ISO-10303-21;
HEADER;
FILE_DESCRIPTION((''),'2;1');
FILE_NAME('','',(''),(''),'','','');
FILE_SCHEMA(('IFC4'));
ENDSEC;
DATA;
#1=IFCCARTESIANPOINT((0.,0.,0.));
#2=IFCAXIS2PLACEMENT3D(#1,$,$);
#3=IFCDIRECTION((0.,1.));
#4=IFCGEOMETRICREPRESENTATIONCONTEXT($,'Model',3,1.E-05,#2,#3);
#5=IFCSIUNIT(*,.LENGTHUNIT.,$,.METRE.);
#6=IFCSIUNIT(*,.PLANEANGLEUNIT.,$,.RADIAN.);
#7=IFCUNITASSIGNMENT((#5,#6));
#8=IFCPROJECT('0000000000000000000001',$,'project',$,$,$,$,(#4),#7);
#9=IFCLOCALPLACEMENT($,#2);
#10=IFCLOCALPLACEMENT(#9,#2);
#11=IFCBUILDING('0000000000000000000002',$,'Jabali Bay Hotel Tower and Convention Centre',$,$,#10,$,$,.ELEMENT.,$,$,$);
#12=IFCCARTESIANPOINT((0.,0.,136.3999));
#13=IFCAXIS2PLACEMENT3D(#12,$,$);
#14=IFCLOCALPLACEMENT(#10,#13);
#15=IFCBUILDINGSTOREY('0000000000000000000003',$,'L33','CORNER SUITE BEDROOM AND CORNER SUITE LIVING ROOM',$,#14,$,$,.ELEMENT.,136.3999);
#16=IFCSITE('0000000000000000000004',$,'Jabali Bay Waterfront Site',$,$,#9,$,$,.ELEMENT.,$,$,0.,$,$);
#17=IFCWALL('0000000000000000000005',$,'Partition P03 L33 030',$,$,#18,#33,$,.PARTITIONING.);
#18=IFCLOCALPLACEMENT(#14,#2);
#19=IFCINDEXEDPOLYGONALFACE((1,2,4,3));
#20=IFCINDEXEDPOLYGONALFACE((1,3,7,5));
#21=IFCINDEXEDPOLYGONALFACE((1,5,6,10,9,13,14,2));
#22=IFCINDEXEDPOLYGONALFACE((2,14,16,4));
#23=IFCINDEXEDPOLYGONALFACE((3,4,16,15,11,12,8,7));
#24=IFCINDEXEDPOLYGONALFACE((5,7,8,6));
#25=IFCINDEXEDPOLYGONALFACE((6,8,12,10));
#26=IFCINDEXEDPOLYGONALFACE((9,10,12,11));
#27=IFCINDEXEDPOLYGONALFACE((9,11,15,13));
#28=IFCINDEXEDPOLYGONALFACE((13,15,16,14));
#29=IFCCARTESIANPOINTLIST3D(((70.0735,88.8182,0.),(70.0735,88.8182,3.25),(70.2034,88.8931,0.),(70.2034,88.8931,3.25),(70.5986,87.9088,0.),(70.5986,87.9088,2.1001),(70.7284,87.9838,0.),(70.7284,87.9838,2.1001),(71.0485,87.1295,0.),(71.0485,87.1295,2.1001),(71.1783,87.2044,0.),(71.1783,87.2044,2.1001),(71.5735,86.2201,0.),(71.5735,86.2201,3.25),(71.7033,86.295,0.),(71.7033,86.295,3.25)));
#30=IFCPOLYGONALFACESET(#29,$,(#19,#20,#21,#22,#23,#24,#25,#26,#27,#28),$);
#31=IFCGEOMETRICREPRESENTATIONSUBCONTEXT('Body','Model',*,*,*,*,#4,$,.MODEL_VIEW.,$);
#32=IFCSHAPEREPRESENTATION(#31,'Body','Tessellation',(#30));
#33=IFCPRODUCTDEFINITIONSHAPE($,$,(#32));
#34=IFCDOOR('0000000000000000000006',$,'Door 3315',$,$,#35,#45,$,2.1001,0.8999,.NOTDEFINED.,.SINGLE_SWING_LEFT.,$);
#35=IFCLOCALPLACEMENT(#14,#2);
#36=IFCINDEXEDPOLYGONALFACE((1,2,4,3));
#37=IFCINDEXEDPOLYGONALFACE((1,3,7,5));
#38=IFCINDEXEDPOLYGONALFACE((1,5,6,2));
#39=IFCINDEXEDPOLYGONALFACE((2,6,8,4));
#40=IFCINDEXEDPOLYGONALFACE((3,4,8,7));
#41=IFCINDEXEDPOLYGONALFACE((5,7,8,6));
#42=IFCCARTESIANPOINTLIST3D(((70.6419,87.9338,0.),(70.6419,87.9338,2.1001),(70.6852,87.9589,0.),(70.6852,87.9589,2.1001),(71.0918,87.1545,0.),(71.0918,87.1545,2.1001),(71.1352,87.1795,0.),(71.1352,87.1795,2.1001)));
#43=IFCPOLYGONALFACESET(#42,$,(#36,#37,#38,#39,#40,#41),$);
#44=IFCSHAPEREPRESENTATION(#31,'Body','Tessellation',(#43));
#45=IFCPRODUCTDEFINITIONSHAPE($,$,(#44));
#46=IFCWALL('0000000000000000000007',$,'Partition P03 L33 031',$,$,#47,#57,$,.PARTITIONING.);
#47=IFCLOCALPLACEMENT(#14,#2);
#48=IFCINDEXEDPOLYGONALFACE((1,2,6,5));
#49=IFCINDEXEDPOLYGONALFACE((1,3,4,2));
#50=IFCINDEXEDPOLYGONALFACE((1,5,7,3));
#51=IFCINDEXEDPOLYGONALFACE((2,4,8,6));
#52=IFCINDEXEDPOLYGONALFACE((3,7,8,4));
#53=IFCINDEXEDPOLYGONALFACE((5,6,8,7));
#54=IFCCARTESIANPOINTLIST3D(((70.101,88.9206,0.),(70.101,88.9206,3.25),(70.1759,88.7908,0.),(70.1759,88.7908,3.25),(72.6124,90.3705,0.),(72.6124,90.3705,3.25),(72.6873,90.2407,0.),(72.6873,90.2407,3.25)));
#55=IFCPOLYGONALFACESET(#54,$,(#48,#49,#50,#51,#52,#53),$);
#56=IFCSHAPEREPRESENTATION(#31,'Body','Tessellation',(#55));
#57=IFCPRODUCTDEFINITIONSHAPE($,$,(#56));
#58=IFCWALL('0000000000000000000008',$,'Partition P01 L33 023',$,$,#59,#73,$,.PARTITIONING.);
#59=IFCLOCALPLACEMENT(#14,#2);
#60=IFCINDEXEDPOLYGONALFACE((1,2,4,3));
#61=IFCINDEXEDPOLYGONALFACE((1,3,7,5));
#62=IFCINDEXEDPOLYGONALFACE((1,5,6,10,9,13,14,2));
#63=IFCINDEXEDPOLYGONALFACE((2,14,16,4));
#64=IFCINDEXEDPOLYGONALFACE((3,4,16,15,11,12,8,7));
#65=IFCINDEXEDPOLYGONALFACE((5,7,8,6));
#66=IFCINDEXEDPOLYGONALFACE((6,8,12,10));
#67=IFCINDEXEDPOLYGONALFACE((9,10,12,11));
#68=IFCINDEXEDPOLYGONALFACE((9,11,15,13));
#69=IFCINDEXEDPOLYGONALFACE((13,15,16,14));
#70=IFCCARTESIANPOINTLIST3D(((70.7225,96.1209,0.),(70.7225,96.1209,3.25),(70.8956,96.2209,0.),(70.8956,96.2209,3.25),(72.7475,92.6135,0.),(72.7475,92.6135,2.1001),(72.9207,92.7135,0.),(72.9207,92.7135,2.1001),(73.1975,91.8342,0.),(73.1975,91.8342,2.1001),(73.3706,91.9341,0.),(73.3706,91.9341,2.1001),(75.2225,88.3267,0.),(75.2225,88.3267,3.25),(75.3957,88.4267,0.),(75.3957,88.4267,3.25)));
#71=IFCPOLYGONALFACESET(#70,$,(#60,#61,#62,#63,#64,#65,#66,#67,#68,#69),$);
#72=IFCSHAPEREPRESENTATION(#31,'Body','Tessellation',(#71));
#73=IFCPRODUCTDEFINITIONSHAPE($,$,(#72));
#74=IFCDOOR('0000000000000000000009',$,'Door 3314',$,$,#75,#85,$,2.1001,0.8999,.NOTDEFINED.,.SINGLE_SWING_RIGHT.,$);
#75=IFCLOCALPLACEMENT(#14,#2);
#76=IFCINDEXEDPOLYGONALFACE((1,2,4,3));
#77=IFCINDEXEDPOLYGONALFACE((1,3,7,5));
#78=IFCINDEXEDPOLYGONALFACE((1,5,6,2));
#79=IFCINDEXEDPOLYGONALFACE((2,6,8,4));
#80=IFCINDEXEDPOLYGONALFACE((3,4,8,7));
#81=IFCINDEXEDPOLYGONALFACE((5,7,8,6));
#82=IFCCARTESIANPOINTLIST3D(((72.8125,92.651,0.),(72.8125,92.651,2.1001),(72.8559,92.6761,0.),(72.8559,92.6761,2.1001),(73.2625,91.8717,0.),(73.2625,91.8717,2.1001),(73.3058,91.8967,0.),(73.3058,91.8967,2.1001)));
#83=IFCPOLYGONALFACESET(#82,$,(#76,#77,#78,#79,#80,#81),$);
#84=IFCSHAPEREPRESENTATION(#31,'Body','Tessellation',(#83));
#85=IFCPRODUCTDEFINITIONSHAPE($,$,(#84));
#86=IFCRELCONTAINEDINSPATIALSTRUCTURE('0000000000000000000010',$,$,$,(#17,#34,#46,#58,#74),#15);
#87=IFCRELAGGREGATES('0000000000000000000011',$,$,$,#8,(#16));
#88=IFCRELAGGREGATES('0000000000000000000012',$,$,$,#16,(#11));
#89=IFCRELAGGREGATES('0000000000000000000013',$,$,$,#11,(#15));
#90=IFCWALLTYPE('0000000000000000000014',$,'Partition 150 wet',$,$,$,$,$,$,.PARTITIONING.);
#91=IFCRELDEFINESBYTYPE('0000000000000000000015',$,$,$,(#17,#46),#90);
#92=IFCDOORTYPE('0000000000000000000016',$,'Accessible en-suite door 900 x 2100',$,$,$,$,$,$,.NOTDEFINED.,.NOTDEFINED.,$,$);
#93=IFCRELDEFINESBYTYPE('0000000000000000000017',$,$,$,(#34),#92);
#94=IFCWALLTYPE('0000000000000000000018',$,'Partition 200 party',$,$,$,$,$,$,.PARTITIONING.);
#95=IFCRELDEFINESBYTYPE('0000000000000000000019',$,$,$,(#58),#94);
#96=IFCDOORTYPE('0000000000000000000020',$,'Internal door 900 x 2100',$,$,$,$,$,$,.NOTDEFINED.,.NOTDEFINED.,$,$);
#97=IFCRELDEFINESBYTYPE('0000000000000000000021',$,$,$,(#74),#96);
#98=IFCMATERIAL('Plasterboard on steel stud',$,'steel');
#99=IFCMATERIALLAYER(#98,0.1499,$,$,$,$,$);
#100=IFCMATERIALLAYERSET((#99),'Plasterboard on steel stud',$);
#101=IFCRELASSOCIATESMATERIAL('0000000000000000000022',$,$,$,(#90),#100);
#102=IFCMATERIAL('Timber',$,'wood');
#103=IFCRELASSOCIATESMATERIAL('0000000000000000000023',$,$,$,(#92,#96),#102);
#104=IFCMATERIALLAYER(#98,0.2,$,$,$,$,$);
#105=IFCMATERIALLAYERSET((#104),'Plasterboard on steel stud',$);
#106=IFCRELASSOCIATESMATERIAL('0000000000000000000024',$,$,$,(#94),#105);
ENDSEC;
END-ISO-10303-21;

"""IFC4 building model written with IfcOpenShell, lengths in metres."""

from ifc_helpers import new_model, si_unit, direction, frame, frame_2d, origin, place, context, subcontext, project, spatial, rectangle, extrude, material, layer, layer_set, type_object, element, fill, save


model = new_model("IFC4")

# Units and contexts
model_context = context("Model", 3, precision=1e-05, world=origin(), true_north=direction((0.0, 1.0)))
body_context = subcontext(model_context, "Body", "Model", "MODEL_VIEW")
ifc_project = project(units=[si_unit("LENGTHUNIT", "METRE"), si_unit("PLANEANGLEUNIT", "RADIAN")], contexts=[model_context])

# Site, building, storey
site_placement = place(None, origin())
site = spatial("IfcSite", under=ifc_project, at=site_placement, Name="Jabali Bay Waterfront Site", CompositionType="ELEMENT", RefElevation=0.0)
building_placement = place(site_placement, origin())
building = spatial("IfcBuilding", under=site, at=building_placement, Name="Jabali Bay Hotel Tower and Convention Centre", CompositionType="ELEMENT")
storey_placement = place(building_placement, frame((0.0, 0.0, 136.3999)))
storey = spatial("IfcBuildingStorey", under=building, at=storey_placement, Name="L33", Description="CORNER SUITE BEDROOM AND CORNER SUITE LIVING ROOM", CompositionType="ELEMENT", Elevation=136.3999)

# Shared definitions
ifc_material_1 = material(Name="Timber", Category="wood")

# Wall, opening, door
ifc_material_2 = material(Name="Plasterboard on steel stud", Category="steel")
ifc_layer_1 = layer(ifc_material_2, 0.1499)
ifc_layer_set_1 = layer_set([ifc_layer_1], Name="Plasterboard on steel stud")
wall_type_1 = type_object("IfcWallType", Name="Partition 150 wet", PredefinedType="PARTITIONING", material=ifc_layer_set_1)
wall_1_placement = place(storey_placement, frame((71.6384, 86.2576, 0.0), z_axis=(0.0, 0.0, 1.0), x_axis=(-0.49999, 0.866031, 0.0)))
wall_1 = element("IfcWall", 1, at=wall_1_placement, inside=storey, type_object=wall_type_1, Name="Partition P03 L33 030", PredefinedType="PARTITIONING", context=body_context, shape_type="SweptSolid", body=[
    extrude(rectangle(XDim=3.0, YDim=0.1499, at=frame_2d((1.5, 0.0))), origin(), (0.0, 0.0, 1.0), 3.25),
])
opening_1_placement = place(wall_1_placement, frame((1.05, 0.0, 0.0)))
opening_1 = element("IfcOpeningElement", 2, at=opening_1_placement, cuts=wall_1, PredefinedType="OPENING", context=body_context, shape_type="SweptSolid", body=[
    extrude(rectangle(XDim=0.8999, YDim=2.1001, at=frame_2d((0.45, 1.05))), frame((0.0, 0.0854, 0.0), z_axis=(0.0, -1.0, 0.0), x_axis=(1.0, 0.0, 0.0)), (0.0, 0.0, 1.0), 0.1709),
])
door_type_1 = type_object("IfcDoorType", Name="Accessible en-suite door 900 x 2100", OperationType="NOTDEFINED", PredefinedType="NOTDEFINED", material=ifc_material_1)
door_1_placement = place(opening_1_placement, origin())
door_1 = element("IfcDoor", 3, at=door_1_placement, inside=storey, type_object=door_type_1, Name="Door 3315", OperationType="SINGLE_SWING_LEFT", OverallHeight=2.1001, OverallWidth=0.8999, PredefinedType="NOTDEFINED", context=body_context, shape_type="SweptSolid", body=[
    extrude(rectangle(XDim=0.8999, YDim=2.1001, at=frame_2d((0.45, 1.05))), frame((0.0, 0.0249, 0.0), z_axis=(0.0, -1.0, 0.0), x_axis=(1.0, 0.0, 0.0)), (0.0, 0.0, 1.0), 0.05),
])
fill(opening_1, door_1)

# Wall
wall_2_placement = place(storey_placement, frame((70.1384, 88.8557, 0.0), z_axis=(0.0, 0.0, 1.0), x_axis=(0.866033, 0.499987, 0.0)))
element("IfcWall", 4, at=wall_2_placement, inside=storey, type_object=wall_type_1, Name="Partition P03 L33 031", PredefinedType="PARTITIONING", context=body_context, shape_type="SweptSolid", body=[
    extrude(rectangle(XDim=2.8999, YDim=0.1499, at=frame_2d((1.45, 0.0))), origin(), (0.0, 0.0, 1.0), 3.25),
])

# Wall, opening, door
ifc_layer_2 = layer(ifc_material_2, 0.2)
ifc_layer_set_2 = layer_set([ifc_layer_2], Name="Plasterboard on steel stud")
wall_type_2 = type_object("IfcWallType", Name="Partition 200 party", PredefinedType="PARTITIONING", material=ifc_layer_set_2)
wall_3_placement = place(storey_placement, frame((75.3091, 88.3767, 0.0), z_axis=(0.0, 0.0, 1.0), x_axis=(-0.500002, 0.866024, 0.0)))
wall_3 = element("IfcWall", 5, at=wall_3_placement, inside=storey, type_object=wall_type_2, Name="Partition P01 L33 023", PredefinedType="PARTITIONING", context=body_context, shape_type="SweptSolid", body=[
    extrude(rectangle(XDim=9.0, YDim=0.2, at=frame_2d((4.5, 0.0))), origin(), (0.0, 0.0, 1.0), 3.25),
])
opening_2_placement = place(wall_3_placement, frame((4.05, 0.0, 0.0)))
opening_2 = element("IfcOpeningElement", 6, at=opening_2_placement, cuts=wall_3, PredefinedType="OPENING", context=body_context, shape_type="SweptSolid", body=[
    extrude(rectangle(XDim=0.8999, YDim=2.1001, at=frame_2d((0.45, 1.05))), frame((0.0, 0.1104, 0.0), z_axis=(0.0, -1.0, 0.0), x_axis=(1.0, 0.0, 0.0)), (0.0, 0.0, 1.0), 0.2209),
])
door_type_2 = type_object("IfcDoorType", Name="Internal door 900 x 2100", OperationType="NOTDEFINED", PredefinedType="NOTDEFINED", material=ifc_material_1)
door_2_placement = place(opening_2_placement, origin())
door_2 = element("IfcDoor", 7, at=door_2_placement, inside=storey, type_object=door_type_2, Name="Door 3314", OperationType="SINGLE_SWING_RIGHT", OverallHeight=2.1001, OverallWidth=0.8999, PredefinedType="NOTDEFINED", context=body_context, shape_type="SweptSolid", body=[
    extrude(rectangle(XDim=0.8999, YDim=2.1001, at=frame_2d((0.45, 1.05))), frame((0.0, 0.0249, 0.0), z_axis=(0.0, -1.0, 0.0), x_axis=(1.0, 0.0, 0.0)), (0.0, 0.0, 1.0), 0.05),
])
fill(opening_2, door_2)

save(model, "model.ifc")
